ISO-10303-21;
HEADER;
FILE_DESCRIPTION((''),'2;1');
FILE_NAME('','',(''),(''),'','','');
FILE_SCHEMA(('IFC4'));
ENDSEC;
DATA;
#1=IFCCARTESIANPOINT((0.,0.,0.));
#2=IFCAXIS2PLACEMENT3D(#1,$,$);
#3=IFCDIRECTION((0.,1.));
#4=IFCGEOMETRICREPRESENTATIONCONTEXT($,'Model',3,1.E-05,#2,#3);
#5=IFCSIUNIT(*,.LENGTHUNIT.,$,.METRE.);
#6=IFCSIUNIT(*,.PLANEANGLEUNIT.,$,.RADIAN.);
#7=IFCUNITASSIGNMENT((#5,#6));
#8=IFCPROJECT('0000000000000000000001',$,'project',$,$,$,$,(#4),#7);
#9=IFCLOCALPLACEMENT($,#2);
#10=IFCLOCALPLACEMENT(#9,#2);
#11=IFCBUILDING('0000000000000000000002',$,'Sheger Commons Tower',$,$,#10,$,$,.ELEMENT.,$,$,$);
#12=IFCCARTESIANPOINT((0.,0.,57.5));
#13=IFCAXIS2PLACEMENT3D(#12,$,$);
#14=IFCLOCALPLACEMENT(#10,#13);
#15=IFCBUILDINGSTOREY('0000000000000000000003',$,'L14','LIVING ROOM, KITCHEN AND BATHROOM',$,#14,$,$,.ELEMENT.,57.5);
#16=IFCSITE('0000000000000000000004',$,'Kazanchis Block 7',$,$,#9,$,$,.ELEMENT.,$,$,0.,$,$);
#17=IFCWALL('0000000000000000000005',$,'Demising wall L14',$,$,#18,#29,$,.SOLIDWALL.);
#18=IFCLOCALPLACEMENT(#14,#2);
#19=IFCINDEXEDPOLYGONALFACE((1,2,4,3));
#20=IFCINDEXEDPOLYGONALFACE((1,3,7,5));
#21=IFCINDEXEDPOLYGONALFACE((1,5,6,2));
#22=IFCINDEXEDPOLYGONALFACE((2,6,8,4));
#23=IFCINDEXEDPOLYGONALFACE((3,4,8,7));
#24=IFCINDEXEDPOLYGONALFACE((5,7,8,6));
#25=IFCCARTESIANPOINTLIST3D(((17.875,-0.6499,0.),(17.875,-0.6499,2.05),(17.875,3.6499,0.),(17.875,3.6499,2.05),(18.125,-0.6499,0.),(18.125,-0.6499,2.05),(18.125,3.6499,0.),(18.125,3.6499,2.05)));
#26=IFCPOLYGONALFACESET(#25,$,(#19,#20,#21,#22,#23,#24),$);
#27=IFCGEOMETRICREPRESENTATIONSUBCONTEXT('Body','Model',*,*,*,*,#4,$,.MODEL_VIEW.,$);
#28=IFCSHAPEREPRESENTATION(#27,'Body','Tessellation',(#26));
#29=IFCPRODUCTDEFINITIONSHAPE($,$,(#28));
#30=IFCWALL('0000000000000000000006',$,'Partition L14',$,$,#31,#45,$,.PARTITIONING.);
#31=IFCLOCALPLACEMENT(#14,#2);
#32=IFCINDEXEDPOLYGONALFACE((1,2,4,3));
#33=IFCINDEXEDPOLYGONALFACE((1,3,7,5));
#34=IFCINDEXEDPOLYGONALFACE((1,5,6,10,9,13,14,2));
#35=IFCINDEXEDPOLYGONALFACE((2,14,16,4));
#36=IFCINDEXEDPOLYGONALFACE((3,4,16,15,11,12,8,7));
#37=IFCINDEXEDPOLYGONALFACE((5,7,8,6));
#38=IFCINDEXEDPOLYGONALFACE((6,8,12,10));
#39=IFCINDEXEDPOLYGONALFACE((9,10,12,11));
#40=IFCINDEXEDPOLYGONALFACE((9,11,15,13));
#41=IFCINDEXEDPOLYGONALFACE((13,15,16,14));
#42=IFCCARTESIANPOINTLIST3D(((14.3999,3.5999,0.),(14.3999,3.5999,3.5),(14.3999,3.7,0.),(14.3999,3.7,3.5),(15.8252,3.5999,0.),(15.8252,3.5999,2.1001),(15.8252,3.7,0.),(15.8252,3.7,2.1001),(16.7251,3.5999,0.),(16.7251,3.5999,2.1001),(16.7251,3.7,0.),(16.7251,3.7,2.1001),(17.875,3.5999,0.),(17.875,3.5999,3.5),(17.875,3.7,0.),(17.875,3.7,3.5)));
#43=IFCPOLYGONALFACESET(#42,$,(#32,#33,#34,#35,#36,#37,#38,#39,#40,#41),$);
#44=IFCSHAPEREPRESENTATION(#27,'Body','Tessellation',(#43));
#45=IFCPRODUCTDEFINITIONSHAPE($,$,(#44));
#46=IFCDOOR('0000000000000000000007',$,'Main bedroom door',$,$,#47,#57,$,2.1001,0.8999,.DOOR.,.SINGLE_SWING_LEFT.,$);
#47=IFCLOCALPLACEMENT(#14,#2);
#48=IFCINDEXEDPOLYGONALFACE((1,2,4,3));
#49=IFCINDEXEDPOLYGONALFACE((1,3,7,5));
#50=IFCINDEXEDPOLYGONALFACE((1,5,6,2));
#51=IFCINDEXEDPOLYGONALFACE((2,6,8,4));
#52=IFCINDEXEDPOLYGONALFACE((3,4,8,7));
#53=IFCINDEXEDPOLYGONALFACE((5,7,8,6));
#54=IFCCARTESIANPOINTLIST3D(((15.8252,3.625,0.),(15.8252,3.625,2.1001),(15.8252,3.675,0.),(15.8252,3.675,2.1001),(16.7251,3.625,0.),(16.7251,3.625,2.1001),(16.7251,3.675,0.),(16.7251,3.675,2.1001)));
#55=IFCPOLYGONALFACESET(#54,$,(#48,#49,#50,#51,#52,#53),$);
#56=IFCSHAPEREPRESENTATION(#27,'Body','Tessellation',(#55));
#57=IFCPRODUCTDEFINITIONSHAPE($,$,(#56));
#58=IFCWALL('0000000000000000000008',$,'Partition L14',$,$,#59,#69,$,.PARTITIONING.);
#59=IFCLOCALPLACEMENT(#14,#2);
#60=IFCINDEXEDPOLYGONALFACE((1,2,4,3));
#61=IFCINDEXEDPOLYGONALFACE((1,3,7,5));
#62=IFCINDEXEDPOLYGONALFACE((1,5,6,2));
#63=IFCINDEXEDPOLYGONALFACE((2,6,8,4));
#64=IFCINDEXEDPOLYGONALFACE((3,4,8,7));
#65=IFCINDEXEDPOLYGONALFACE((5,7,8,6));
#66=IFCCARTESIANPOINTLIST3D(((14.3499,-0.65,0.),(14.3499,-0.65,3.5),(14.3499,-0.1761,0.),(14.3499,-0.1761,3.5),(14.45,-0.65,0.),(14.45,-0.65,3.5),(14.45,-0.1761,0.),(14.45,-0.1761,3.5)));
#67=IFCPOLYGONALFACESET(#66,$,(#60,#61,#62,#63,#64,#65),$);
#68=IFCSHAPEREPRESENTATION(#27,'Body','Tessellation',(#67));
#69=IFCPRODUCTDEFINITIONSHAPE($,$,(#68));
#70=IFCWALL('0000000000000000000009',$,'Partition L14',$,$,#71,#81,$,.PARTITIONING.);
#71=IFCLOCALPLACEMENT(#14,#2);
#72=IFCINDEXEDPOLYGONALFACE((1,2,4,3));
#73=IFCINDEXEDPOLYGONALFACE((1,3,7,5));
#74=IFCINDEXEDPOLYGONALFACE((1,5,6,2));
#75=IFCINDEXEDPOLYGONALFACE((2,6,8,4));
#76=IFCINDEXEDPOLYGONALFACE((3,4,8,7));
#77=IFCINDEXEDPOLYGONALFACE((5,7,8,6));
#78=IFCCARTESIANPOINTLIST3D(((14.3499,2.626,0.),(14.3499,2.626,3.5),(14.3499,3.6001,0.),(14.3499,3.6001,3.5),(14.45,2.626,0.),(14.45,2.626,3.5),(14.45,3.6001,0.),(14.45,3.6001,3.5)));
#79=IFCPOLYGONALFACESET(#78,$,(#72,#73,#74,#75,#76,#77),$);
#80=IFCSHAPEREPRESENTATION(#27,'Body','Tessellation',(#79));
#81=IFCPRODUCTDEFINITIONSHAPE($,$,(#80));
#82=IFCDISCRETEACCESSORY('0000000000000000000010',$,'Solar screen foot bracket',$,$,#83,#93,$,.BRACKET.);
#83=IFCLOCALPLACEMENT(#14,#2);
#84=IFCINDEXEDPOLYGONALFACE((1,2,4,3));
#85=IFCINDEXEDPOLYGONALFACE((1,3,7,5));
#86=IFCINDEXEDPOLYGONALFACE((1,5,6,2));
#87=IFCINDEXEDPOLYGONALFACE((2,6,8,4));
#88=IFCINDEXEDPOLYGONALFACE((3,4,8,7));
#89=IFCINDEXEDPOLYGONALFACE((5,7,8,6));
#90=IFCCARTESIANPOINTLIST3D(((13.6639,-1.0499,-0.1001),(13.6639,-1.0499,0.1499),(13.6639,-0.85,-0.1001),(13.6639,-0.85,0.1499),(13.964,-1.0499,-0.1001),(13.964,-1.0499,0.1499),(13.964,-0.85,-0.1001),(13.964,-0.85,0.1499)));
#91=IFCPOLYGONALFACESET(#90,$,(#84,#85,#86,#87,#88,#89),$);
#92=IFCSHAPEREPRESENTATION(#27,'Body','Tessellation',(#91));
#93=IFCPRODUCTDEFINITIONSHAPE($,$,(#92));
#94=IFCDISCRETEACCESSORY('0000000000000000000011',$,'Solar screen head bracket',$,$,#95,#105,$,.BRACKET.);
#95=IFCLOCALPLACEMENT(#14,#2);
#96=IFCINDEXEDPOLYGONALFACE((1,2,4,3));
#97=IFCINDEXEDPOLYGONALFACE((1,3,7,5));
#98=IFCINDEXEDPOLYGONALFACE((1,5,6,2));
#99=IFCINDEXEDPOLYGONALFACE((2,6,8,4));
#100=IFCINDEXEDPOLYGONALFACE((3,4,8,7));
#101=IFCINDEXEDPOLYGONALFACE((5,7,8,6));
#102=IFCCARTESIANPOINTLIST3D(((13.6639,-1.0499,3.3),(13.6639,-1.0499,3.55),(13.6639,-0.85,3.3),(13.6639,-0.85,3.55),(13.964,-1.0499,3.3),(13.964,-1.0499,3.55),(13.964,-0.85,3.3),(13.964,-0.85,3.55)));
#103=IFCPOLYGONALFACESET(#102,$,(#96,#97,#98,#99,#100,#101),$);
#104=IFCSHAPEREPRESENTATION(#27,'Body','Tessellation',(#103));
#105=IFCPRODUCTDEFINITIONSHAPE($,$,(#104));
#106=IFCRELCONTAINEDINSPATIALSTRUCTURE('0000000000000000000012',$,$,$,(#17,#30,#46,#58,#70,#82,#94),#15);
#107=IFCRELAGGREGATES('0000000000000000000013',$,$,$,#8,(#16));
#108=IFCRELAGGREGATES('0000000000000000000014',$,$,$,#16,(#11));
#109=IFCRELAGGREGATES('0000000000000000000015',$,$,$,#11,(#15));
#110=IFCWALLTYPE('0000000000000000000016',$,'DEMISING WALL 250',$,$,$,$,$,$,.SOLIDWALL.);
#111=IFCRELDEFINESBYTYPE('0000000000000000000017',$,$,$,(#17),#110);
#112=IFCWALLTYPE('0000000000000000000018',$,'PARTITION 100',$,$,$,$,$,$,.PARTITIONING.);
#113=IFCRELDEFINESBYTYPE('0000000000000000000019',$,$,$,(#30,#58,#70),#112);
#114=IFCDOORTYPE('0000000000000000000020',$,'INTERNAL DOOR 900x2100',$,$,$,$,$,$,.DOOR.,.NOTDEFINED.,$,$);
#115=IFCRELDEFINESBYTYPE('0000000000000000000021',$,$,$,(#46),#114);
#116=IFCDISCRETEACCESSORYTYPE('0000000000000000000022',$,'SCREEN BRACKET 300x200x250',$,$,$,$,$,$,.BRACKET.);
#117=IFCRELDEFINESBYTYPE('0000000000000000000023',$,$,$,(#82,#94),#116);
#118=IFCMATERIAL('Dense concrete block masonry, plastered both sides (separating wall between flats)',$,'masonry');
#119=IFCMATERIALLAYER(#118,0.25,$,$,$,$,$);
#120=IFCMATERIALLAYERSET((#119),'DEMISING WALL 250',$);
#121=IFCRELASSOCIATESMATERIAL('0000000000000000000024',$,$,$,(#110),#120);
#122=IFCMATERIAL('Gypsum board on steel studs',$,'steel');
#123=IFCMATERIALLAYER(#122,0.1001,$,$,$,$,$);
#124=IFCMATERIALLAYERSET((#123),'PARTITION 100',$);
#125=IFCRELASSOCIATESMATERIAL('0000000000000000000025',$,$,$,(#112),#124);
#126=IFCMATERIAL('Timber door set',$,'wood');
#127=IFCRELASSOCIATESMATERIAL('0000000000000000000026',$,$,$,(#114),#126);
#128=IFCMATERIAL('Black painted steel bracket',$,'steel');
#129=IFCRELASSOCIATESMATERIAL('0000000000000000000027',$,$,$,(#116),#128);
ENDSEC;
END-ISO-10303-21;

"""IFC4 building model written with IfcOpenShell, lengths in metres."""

from ifc_helpers import new_model, si_unit, direction, frame, frame_2d, origin, origin_2d, place, context, subcontext, project, spatial, rectangle, extrude, material, layer, layer_set, type_object, element, fill, save


model = new_model("IFC4")

# Units and contexts
model_context = context("Model", 3, precision=1e-05, world=origin(), true_north=direction((0.0, 1.0)))
body_context = subcontext(model_context, "Body", "Model", "MODEL_VIEW")
ifc_project = project(units=[si_unit("LENGTHUNIT", "METRE"), si_unit("PLANEANGLEUNIT", "RADIAN")], contexts=[model_context])

# Site, building, storey
site_placement = place(None, origin())
site = spatial("IfcSite", under=ifc_project, at=site_placement, Name="Kazanchis Block 7", CompositionType="ELEMENT", RefElevation=0.0)
building_placement = place(site_placement, origin())
building = spatial("IfcBuilding", under=site, at=building_placement, Name="Sheger Commons Tower", CompositionType="ELEMENT")
storey_placement = place(building_placement, frame((0.0, 0.0, 57.5)))
storey = spatial("IfcBuildingStorey", under=building, at=storey_placement, Name="L14", Description="LIVING ROOM, KITCHEN AND BATHROOM", CompositionType="ELEMENT", Elevation=57.5)

# Wall
ifc_material_1 = material(Name="Dense concrete block masonry, plastered both sides (separating wall between flats)", Category="masonry")
ifc_layer_1 = layer(ifc_material_1, 0.25)
ifc_layer_set_1 = layer_set([ifc_layer_1], Name="DEMISING WALL 250")
wall_type_1 = type_object("IfcWallType", Name="DEMISING WALL 250", PredefinedType="SOLIDWALL", material=ifc_layer_set_1)
wall_1_placement = place(storey_placement, frame((18.0, -0.6499, 0.0), z_axis=(0.0, 0.0, 1.0), x_axis=(0.0, 1.0, 0.0)))
element("IfcWall", 1, at=wall_1_placement, inside=storey, type_object=wall_type_1, Name="Demising wall L14", PredefinedType="SOLIDWALL", context=body_context, shape_type="SweptSolid", body=[
    extrude(rectangle(XDim=4.2998, YDim=0.25, at=frame_2d((2.1499, 0.0))), origin(), (0.0, 0.0, 1.0), 2.05),
])

# Wall, opening, door
ifc_material_2 = material(Name="Gypsum board on steel studs", Category="steel")
ifc_layer_2 = layer(ifc_material_2, 0.1001)
ifc_layer_set_2 = layer_set([ifc_layer_2], Name="PARTITION 100")
wall_type_2 = type_object("IfcWallType", Name="PARTITION 100", PredefinedType="PARTITIONING", material=ifc_layer_set_2)
wall_2_placement = place(storey_placement, frame((17.875, 3.6499, 0.0), z_axis=(0.0, 0.0, 1.0), x_axis=(-1.0, 0.0, 0.0)))
wall_2 = element("IfcWall", 2, at=wall_2_placement, inside=storey, type_object=wall_type_2, Name="Partition L14", PredefinedType="PARTITIONING", context=body_context, shape_type="SweptSolid", body=[
    extrude(rectangle(XDim=3.4751, YDim=0.1001, at=frame_2d((1.7375, 0.0))), origin(), (0.0, 0.0, 1.0), 3.5),
])
opening_1_placement = place(wall_2_placement, frame((1.1499, 0.0, 0.0)))
opening_1 = element("IfcOpeningElement", 3, at=opening_1_placement, cuts=wall_2, PredefinedType="OPENING", context=body_context, shape_type="SweptSolid", body=[
    extrude(rectangle(XDim=0.8999, YDim=2.1001, at=frame_2d((0.45, 1.05))), frame((0.0, 0.0601, 0.0), z_axis=(0.0, -1.0, 0.0), x_axis=(1.0, 0.0, 0.0)), (0.0, 0.0, 1.0), 0.1201),
])
ifc_material_3 = material(Name="Timber door set", Category="wood")
door_type_1 = type_object("IfcDoorType", Name="INTERNAL DOOR 900x2100", OperationType="NOTDEFINED", PredefinedType="DOOR", material=ifc_material_3)
door_1_placement = place(opening_1_placement, origin())
door_1 = element("IfcDoor", 4, at=door_1_placement, inside=storey, type_object=door_type_1, Name="Main bedroom door", OperationType="SINGLE_SWING_LEFT", OverallHeight=2.1001, OverallWidth=0.8999, PredefinedType="DOOR", context=body_context, shape_type="SweptSolid", body=[
    extrude(rectangle(XDim=0.8999, YDim=2.1001, at=frame_2d((0.45, 1.05))), frame((0.0, 0.0249, 0.0), z_axis=(0.0, -1.0, 0.0), x_axis=(1.0, 0.0, 0.0)), (0.0, 0.0, 1.0), 0.05),
])
fill(opening_1, door_1)

# Walls
wall_3_placement = place(storey_placement, frame((14.3999, -0.6499, 0.0), z_axis=(0.0, 0.0, 1.0), x_axis=(0.0, 1.0, 0.0)))
element("IfcWall", 5, at=wall_3_placement, inside=storey, type_object=wall_type_2, Name="Partition L14", PredefinedType="PARTITIONING", context=body_context, shape_type="SweptSolid", body=[
    extrude(rectangle(XDim=0.4739, YDim=0.1001, at=frame_2d((0.2368, 0.0))), origin(), (0.0, 0.0, 1.0), 3.5),
])
wall_4_placement = place(storey_placement, frame((14.3999, 2.626, 0.0), z_axis=(0.0, 0.0, 1.0), x_axis=(0.0, 1.0, 0.0)))
element("IfcWall", 6, at=wall_4_placement, inside=storey, type_object=wall_type_2, Name="Partition L14", PredefinedType="PARTITIONING", context=body_context, shape_type="SweptSolid", body=[
    extrude(rectangle(XDim=0.9741, YDim=0.1001, at=frame_2d((0.4871, 0.0))), origin(), (0.0, 0.0, 1.0), 3.5),
])

# Discrete accessories
ifc_material_4 = material(Name="Black painted steel bracket", Category="steel")
discrete_accessory_type = type_object("IfcDiscreteAccessoryType", Name="SCREEN BRACKET 300x200x250", PredefinedType="BRACKET", material=ifc_material_4)
for number, where, z_axis, x_axis, name in (
    (7, (13.814, -0.95, -0.1001), (0.0, 0.0, 1.0), (1.0, 0.0, 0.0), "Solar screen foot bracket"),
    (8, (13.814, -0.95, 3.3), (0.0, 0.0, 1.0), (1.0, 0.0, 0.0), "Solar screen head bracket"),
):
    element("IfcDiscreteAccessory", number, at=place(storey_placement, frame(where, z_axis=z_axis, x_axis=x_axis)), inside=storey, type_object=discrete_accessory_type, Name=name, PredefinedType="BRACKET", context=body_context, shape_type="SweptSolid", body=[
        extrude(rectangle(XDim=0.3, YDim=0.2, at=origin_2d()), origin(), (0.0, 0.0, 1.0), 0.25),
    ])

save(model, "model.ifc")
